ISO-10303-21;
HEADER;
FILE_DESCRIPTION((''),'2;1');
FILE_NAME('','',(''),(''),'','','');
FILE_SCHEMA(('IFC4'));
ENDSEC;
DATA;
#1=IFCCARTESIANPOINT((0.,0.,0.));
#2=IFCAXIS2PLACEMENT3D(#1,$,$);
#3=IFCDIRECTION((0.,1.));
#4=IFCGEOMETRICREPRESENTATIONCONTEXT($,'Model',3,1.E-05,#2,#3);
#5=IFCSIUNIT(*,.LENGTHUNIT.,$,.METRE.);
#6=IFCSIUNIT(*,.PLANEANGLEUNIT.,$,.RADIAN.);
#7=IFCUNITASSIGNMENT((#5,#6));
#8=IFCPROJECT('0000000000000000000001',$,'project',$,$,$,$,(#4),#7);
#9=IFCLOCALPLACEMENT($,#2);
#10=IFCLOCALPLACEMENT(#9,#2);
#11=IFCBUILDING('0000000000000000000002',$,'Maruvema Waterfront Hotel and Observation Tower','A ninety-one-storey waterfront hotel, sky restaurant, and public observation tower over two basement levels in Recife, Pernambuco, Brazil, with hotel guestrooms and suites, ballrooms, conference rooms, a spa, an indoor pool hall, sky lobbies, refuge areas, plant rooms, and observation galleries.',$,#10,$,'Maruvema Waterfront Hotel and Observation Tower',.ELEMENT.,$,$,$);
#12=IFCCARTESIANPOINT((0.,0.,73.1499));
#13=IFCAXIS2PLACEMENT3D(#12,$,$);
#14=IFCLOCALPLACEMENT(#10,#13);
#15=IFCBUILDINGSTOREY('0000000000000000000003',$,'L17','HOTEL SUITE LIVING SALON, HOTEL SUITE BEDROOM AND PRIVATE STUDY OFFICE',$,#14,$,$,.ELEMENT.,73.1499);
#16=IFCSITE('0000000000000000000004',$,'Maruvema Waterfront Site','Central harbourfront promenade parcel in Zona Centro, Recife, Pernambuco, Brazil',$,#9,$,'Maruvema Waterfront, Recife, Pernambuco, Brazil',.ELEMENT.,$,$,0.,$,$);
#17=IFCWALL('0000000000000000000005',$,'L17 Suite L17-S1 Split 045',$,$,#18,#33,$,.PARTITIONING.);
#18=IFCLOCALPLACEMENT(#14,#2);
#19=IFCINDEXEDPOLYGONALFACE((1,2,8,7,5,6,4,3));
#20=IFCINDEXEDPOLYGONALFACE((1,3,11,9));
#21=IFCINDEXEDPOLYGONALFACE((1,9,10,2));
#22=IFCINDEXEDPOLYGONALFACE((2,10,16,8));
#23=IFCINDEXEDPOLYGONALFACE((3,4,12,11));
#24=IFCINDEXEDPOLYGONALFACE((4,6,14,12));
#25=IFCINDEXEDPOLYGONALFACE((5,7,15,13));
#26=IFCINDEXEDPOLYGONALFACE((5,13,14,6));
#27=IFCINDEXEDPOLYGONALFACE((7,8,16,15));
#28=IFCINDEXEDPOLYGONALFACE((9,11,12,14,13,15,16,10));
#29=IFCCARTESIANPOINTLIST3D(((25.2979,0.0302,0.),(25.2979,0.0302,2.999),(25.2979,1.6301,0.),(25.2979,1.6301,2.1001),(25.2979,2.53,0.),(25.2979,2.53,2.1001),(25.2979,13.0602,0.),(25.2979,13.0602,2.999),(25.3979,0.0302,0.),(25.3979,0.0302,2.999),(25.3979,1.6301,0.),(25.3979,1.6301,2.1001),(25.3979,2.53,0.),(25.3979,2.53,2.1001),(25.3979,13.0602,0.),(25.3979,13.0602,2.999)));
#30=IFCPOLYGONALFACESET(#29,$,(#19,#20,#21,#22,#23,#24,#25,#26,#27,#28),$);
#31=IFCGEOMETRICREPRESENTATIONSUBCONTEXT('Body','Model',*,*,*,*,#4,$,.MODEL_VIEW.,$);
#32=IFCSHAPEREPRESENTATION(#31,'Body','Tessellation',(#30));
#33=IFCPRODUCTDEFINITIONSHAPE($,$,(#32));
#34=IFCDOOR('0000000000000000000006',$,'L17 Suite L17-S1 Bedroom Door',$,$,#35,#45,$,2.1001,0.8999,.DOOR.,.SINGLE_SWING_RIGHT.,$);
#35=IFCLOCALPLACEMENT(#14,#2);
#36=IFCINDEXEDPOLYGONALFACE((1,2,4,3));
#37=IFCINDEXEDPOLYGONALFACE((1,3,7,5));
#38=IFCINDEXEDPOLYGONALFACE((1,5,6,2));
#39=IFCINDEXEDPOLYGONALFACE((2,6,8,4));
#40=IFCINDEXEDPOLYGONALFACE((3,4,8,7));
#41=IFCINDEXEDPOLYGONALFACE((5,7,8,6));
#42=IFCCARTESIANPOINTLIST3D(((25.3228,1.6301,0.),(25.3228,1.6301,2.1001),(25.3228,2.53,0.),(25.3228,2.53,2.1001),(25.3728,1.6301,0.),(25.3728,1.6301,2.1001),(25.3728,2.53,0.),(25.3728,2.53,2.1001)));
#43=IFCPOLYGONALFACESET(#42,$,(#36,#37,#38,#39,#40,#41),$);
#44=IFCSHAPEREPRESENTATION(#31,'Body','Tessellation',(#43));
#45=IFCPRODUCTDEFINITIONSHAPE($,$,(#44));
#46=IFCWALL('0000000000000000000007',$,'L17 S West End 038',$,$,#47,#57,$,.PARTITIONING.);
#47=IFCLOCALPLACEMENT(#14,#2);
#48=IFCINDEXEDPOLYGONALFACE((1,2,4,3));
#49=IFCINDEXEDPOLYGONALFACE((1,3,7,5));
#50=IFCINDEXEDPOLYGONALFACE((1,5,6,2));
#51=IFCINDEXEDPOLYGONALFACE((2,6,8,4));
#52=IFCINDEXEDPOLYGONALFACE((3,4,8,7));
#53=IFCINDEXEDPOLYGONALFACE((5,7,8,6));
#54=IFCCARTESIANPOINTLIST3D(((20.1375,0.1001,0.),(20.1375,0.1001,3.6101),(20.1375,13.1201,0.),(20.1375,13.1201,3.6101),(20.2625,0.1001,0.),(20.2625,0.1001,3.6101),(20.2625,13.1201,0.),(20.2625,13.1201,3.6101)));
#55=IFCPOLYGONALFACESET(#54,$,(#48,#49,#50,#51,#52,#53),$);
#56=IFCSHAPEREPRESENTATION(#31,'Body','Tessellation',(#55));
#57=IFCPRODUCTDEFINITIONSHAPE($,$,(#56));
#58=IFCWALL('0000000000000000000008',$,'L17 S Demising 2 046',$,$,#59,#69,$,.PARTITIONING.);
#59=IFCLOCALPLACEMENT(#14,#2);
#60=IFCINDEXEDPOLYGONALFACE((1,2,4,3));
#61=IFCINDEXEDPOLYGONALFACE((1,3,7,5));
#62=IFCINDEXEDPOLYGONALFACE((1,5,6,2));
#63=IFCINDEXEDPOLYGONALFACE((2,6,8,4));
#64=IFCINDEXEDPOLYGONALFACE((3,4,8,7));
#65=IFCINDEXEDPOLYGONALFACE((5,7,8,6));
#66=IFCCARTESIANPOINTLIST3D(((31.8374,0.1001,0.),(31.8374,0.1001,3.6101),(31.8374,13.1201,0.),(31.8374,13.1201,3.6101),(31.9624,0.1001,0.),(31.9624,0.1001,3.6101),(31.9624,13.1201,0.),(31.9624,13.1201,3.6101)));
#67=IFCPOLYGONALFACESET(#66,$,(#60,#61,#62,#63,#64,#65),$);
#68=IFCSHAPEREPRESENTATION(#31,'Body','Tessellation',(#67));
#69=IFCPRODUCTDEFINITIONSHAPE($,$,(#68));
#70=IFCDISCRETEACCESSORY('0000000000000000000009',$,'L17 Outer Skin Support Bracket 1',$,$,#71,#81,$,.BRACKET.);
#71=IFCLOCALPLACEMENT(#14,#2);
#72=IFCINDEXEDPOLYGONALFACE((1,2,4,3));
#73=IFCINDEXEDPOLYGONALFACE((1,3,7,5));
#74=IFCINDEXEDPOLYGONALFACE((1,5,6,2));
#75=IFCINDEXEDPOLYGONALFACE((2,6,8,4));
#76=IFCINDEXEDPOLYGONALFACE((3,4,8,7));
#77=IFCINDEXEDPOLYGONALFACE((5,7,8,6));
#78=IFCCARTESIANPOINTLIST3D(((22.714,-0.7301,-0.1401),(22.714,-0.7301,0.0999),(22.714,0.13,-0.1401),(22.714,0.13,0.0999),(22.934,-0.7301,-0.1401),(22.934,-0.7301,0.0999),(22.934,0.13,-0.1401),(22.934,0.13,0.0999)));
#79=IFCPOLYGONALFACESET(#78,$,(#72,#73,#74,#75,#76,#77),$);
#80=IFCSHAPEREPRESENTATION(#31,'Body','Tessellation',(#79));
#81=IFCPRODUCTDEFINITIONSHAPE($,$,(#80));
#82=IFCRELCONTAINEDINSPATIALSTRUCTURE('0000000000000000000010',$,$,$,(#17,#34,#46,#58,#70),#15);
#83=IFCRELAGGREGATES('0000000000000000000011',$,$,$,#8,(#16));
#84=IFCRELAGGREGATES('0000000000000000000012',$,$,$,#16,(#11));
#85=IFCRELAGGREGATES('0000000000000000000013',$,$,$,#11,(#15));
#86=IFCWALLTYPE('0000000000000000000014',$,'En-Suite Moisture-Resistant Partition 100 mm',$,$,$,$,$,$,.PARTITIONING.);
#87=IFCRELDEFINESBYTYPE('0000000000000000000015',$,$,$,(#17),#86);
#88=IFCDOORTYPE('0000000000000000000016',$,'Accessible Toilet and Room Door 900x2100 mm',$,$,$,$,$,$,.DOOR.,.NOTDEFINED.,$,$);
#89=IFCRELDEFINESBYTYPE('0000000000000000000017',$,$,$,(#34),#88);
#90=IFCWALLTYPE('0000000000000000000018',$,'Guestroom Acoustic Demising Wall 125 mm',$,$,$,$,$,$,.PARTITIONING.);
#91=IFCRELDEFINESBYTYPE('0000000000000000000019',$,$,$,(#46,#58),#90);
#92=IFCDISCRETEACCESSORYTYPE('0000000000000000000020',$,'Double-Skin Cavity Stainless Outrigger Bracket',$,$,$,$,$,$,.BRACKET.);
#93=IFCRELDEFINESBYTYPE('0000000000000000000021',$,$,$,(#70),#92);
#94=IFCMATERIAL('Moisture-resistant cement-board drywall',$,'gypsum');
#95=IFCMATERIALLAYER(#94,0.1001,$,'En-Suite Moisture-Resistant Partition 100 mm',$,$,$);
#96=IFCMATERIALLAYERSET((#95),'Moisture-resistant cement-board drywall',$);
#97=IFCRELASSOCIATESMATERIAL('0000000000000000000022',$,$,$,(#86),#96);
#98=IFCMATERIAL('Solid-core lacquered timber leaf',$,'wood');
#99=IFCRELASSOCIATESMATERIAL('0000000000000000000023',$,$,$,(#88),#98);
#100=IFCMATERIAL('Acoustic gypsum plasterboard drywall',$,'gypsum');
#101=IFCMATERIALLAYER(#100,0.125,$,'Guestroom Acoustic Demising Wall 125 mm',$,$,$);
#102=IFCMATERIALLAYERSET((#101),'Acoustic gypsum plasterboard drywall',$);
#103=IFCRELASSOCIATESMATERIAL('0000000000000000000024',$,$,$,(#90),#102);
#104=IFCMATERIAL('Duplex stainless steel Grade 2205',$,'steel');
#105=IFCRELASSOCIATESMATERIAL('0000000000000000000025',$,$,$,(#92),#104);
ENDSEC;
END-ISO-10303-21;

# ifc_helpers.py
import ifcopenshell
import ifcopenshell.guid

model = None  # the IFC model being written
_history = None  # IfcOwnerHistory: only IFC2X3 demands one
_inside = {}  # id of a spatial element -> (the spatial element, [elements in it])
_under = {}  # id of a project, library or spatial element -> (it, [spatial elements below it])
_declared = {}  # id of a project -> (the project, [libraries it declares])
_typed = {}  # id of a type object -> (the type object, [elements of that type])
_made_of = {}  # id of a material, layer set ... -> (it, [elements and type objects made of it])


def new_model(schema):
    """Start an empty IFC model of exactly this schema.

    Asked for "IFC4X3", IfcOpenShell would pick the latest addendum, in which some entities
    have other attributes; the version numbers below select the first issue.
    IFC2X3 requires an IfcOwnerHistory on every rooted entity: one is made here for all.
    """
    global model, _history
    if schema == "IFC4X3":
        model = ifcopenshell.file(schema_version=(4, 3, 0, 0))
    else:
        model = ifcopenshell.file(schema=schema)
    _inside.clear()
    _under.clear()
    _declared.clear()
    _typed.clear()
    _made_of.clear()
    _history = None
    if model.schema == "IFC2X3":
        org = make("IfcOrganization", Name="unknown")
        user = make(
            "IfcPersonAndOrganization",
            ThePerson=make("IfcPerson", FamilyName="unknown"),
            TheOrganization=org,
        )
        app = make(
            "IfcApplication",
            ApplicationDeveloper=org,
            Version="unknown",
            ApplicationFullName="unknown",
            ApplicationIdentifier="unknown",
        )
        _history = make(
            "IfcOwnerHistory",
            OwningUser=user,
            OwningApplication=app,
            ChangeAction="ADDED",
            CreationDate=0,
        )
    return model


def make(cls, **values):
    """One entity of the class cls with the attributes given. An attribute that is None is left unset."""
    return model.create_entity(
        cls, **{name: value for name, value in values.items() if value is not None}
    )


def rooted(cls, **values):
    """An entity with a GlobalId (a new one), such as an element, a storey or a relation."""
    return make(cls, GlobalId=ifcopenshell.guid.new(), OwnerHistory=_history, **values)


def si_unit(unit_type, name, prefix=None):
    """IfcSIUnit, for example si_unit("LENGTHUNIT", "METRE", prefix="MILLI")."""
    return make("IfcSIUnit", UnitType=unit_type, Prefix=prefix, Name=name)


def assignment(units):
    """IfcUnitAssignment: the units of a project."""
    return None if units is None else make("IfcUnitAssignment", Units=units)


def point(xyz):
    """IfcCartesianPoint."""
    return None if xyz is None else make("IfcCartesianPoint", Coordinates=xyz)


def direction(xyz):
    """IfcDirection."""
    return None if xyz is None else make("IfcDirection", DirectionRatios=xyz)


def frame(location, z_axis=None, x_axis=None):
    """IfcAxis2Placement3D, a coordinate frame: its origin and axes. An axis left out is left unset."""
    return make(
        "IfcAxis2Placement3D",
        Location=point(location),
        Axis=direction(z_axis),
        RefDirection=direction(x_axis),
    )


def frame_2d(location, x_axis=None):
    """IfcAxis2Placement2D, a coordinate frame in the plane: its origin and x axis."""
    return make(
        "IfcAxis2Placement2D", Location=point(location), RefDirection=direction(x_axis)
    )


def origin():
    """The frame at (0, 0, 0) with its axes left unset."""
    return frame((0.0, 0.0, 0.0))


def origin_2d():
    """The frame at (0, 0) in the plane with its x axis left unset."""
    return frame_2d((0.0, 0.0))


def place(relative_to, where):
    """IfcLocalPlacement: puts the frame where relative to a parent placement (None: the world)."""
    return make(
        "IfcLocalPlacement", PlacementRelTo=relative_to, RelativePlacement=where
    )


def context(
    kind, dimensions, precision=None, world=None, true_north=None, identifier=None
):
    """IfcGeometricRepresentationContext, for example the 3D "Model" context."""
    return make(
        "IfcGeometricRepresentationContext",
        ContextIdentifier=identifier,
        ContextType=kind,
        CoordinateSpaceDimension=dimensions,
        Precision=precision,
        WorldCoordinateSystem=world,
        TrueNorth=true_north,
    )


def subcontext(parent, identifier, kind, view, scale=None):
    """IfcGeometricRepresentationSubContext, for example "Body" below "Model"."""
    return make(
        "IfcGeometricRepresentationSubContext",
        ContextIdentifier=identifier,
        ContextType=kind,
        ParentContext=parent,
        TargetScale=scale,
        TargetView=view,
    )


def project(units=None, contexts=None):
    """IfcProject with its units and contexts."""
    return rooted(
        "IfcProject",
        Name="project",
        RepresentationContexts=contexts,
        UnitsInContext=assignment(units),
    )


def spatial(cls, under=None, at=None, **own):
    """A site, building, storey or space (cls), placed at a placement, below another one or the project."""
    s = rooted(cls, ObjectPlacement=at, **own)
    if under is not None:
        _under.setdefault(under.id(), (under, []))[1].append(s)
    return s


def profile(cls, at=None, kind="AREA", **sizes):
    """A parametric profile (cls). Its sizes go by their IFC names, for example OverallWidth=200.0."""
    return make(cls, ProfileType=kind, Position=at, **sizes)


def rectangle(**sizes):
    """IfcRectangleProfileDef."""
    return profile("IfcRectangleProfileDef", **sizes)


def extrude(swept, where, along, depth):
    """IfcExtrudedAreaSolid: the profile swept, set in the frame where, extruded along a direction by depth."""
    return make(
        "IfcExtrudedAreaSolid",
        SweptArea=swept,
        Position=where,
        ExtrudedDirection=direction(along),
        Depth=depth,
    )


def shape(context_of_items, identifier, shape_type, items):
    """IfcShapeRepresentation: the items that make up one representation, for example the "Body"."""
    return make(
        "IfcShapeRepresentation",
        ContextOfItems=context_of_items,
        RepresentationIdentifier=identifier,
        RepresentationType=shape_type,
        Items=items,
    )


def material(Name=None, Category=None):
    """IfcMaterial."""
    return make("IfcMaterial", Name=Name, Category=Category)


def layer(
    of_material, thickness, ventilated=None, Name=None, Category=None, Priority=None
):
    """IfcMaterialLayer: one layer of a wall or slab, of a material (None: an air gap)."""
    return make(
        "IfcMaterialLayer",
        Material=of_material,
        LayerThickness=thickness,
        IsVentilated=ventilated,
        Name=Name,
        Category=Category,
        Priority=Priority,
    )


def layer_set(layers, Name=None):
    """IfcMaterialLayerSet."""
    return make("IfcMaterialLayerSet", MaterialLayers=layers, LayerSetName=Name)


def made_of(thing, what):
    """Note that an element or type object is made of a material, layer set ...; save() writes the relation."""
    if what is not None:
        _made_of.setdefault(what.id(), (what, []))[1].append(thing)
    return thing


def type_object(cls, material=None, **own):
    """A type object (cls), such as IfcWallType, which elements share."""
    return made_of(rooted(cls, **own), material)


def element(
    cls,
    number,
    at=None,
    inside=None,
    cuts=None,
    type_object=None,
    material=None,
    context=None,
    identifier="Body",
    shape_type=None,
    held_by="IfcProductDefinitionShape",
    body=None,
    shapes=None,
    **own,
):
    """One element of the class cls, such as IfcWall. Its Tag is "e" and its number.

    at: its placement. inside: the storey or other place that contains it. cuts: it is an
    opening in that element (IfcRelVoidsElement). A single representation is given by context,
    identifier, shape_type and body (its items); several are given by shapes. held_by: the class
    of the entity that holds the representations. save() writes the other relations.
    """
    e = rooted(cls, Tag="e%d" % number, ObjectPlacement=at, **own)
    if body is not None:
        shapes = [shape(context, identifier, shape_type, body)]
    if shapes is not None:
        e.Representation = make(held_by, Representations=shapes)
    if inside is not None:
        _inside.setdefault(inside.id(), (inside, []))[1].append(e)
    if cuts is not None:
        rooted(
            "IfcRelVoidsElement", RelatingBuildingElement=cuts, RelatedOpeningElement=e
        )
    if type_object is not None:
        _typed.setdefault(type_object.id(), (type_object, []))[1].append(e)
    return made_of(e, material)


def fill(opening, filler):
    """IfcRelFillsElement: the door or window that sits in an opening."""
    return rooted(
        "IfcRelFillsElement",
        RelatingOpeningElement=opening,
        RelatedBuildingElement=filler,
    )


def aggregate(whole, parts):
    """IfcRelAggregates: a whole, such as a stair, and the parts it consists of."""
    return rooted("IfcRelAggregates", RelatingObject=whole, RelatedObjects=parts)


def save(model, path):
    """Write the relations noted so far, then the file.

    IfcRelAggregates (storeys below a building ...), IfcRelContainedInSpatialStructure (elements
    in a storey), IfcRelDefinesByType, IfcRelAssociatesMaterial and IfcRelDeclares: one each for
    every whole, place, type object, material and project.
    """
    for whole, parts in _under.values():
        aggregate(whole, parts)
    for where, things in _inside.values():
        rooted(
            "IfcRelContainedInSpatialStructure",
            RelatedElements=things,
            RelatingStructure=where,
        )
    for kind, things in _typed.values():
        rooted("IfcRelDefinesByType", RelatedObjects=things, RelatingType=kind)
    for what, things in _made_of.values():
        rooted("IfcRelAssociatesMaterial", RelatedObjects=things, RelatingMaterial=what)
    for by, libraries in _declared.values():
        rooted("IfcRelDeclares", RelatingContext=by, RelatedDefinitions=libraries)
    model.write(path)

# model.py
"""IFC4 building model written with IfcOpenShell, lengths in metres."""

from ifc_helpers import new_model, si_unit, direction, frame, frame_2d, origin, origin_2d, place, context, subcontext, project, spatial, rectangle, extrude, material, layer, layer_set, type_object, element, fill, save


model = new_model("IFC4")

# Units and contexts
model_context = context("Model", 3, precision=1e-05, world=origin(), true_north=direction((0.0, 1.0)))
body_context = subcontext(model_context, "Body", "Model", "MODEL_VIEW")
ifc_project = project(units=[si_unit("LENGTHUNIT", "METRE"), si_unit("PLANEANGLEUNIT", "RADIAN")], contexts=[model_context])

# Site, building, storey
site_placement = place(None, origin())
site = spatial("IfcSite", under=ifc_project, at=site_placement, Name="Maruvema Waterfront Site", Description="Central harbourfront promenade parcel in Zona Centro, Recife, Pernambuco, Brazil", LongName="Maruvema Waterfront, Recife, Pernambuco, Brazil", CompositionType="ELEMENT", RefElevation=0.0)
building_placement = place(site_placement, origin())
building = spatial("IfcBuilding", under=site, at=building_placement, Name="Maruvema Waterfront Hotel and Observation Tower", Description="A ninety-one-storey waterfront hotel, sky restaurant, and public observation tower over two basement levels in Recife, Pernambuco, Brazil, with hotel guestrooms and suites, ballrooms, conference rooms, a spa, an indoor pool hall, sky lobbies, refuge areas, plant rooms, and observation galleries.", LongName="Maruvema Waterfront Hotel and Observation Tower", CompositionType="ELEMENT")
storey_placement = place(building_placement, frame((0.0, 0.0, 73.1499)))
storey = spatial("IfcBuildingStorey", under=building, at=storey_placement, Name="L17", Description="HOTEL SUITE LIVING SALON, HOTEL SUITE BEDROOM AND PRIVATE STUDY OFFICE", CompositionType="ELEMENT", Elevation=73.1499)

# Wall, opening, door
ifc_material_1 = material(Name="Moisture-resistant cement-board drywall", Category="gypsum")
ifc_layer_1 = layer(ifc_material_1, 0.1001, Name="En-Suite Moisture-Resistant Partition 100 mm")
ifc_layer_set_1 = layer_set([ifc_layer_1], Name="Moisture-resistant cement-board drywall")
wall_type_1 = type_object("IfcWallType", Name="En-Suite Moisture-Resistant Partition 100 mm", PredefinedType="PARTITIONING", material=ifc_layer_set_1)
wall_placement = place(storey_placement, frame((25.3479, 0.03, 0.0), z_axis=(0.0, 0.0, 1.0), x_axis=(0.0, 1.0, 0.0)))
wall = element("IfcWall", 1, at=wall_placement, inside=storey, type_object=wall_type_1, Name="L17 Suite L17-S1 Split 045", PredefinedType="PARTITIONING", context=body_context, shape_type="SweptSolid", body=[
    extrude(rectangle(XDim=13.03, YDim=0.1001, at=frame_2d((6.5151, 0.0))), origin(), (0.0, 0.0, 1.0), 2.999),
])
opening_placement = place(wall_placement, frame((1.6001, 0.0, 0.0)))
opening = element("IfcOpeningElement", 2, at=opening_placement, cuts=wall, PredefinedType="OPENING", context=body_context, shape_type="SweptSolid", body=[
    extrude(rectangle(XDim=0.8999, YDim=2.1001, at=frame_2d((0.45, 1.05))), frame((0.0, 0.0601, 0.0), z_axis=(0.0, -1.0, 0.0), x_axis=(1.0, 0.0, 0.0)), (0.0, 0.0, 1.0), 0.1201),
])
ifc_material_2 = material(Name="Solid-core lacquered timber leaf", Category="wood")
door_type = type_object("IfcDoorType", Name="Accessible Toilet and Room Door 900x2100 mm", OperationType="NOTDEFINED", PredefinedType="DOOR", material=ifc_material_2)
door_placement = place(opening_placement, frame((0.8999, 0.0, 0.0), z_axis=(0.0, 0.0, 1.0), x_axis=(-1.0, 0.0, 0.0)))
door = element("IfcDoor", 3, at=door_placement, inside=storey, type_object=door_type, Name="L17 Suite L17-S1 Bedroom Door", OperationType="SINGLE_SWING_RIGHT", OverallHeight=2.1001, OverallWidth=0.8999, PredefinedType="DOOR", context=body_context, shape_type="SweptSolid", body=[
    extrude(rectangle(XDim=0.8999, YDim=2.1001, at=frame_2d((0.45, 1.05))), frame((0.0, 0.0249, 0.0), z_axis=(0.0, -1.0, 0.0), x_axis=(1.0, 0.0, 0.0)), (0.0, 0.0, 1.0), 0.05),
])
fill(opening, door)

# Walls
ifc_material_3 = material(Name="Acoustic gypsum plasterboard drywall", Category="gypsum")
ifc_layer_2 = layer(ifc_material_3, 0.125, Name="Guestroom Acoustic Demising Wall 125 mm")
ifc_layer_set_2 = layer_set([ifc_layer_2], Name="Acoustic gypsum plasterboard drywall")
wall_type_2 = type_object("IfcWallType", Name="Guestroom Acoustic Demising Wall 125 mm", PredefinedType="PARTITIONING", material=ifc_layer_set_2)
for number, where, z_axis, x_axis, name in (
    (4, (20.2, 0.1001, 0.0), (0.0, 0.0, 1.0), (0.0, 1.0, 0.0), "L17 S West End 038"),
    (5, (31.8999, 0.1001, 0.0), (0.0, 0.0, 1.0), (0.0, 1.0, 0.0), "L17 S Demising 2 046"),
):
    element("IfcWall", number, at=place(storey_placement, frame(where, z_axis=z_axis, x_axis=x_axis)), inside=storey, type_object=wall_type_2, Name=name, PredefinedType="PARTITIONING", context=body_context, shape_type="SweptSolid", body=[
        extrude(rectangle(XDim=13.02, YDim=0.125, at=frame_2d((6.51, 0.0))), origin(), (0.0, 0.0, 1.0), 3.6101),
    ])

# Discrete accessory
ifc_material_4 = material(Name="Duplex stainless steel Grade 2205", Category="steel")
discrete_accessory_type = type_object("IfcDiscreteAccessoryType", Name="Double-Skin Cavity Stainless Outrigger Bracket", PredefinedType="BRACKET", material=ifc_material_4)
discrete_accessory_placement = place(storey_placement, frame((22.824, -0.3, -0.1401), z_axis=(0.0, 0.0, 1.0), x_axis=(1.0, 0.0, 0.0)))
element("IfcDiscreteAccessory", 6, at=discrete_accessory_placement, inside=storey, type_object=discrete_accessory_type, Name="L17 Outer Skin Support Bracket 1", PredefinedType="BRACKET", context=body_context, shape_type="SweptSolid", body=[
    extrude(rectangle(XDim=0.22, YDim=0.8601, at=origin_2d()), origin(), (0.0, 0.0, 1.0), 0.24),
])

save(model, "model.ifc")
